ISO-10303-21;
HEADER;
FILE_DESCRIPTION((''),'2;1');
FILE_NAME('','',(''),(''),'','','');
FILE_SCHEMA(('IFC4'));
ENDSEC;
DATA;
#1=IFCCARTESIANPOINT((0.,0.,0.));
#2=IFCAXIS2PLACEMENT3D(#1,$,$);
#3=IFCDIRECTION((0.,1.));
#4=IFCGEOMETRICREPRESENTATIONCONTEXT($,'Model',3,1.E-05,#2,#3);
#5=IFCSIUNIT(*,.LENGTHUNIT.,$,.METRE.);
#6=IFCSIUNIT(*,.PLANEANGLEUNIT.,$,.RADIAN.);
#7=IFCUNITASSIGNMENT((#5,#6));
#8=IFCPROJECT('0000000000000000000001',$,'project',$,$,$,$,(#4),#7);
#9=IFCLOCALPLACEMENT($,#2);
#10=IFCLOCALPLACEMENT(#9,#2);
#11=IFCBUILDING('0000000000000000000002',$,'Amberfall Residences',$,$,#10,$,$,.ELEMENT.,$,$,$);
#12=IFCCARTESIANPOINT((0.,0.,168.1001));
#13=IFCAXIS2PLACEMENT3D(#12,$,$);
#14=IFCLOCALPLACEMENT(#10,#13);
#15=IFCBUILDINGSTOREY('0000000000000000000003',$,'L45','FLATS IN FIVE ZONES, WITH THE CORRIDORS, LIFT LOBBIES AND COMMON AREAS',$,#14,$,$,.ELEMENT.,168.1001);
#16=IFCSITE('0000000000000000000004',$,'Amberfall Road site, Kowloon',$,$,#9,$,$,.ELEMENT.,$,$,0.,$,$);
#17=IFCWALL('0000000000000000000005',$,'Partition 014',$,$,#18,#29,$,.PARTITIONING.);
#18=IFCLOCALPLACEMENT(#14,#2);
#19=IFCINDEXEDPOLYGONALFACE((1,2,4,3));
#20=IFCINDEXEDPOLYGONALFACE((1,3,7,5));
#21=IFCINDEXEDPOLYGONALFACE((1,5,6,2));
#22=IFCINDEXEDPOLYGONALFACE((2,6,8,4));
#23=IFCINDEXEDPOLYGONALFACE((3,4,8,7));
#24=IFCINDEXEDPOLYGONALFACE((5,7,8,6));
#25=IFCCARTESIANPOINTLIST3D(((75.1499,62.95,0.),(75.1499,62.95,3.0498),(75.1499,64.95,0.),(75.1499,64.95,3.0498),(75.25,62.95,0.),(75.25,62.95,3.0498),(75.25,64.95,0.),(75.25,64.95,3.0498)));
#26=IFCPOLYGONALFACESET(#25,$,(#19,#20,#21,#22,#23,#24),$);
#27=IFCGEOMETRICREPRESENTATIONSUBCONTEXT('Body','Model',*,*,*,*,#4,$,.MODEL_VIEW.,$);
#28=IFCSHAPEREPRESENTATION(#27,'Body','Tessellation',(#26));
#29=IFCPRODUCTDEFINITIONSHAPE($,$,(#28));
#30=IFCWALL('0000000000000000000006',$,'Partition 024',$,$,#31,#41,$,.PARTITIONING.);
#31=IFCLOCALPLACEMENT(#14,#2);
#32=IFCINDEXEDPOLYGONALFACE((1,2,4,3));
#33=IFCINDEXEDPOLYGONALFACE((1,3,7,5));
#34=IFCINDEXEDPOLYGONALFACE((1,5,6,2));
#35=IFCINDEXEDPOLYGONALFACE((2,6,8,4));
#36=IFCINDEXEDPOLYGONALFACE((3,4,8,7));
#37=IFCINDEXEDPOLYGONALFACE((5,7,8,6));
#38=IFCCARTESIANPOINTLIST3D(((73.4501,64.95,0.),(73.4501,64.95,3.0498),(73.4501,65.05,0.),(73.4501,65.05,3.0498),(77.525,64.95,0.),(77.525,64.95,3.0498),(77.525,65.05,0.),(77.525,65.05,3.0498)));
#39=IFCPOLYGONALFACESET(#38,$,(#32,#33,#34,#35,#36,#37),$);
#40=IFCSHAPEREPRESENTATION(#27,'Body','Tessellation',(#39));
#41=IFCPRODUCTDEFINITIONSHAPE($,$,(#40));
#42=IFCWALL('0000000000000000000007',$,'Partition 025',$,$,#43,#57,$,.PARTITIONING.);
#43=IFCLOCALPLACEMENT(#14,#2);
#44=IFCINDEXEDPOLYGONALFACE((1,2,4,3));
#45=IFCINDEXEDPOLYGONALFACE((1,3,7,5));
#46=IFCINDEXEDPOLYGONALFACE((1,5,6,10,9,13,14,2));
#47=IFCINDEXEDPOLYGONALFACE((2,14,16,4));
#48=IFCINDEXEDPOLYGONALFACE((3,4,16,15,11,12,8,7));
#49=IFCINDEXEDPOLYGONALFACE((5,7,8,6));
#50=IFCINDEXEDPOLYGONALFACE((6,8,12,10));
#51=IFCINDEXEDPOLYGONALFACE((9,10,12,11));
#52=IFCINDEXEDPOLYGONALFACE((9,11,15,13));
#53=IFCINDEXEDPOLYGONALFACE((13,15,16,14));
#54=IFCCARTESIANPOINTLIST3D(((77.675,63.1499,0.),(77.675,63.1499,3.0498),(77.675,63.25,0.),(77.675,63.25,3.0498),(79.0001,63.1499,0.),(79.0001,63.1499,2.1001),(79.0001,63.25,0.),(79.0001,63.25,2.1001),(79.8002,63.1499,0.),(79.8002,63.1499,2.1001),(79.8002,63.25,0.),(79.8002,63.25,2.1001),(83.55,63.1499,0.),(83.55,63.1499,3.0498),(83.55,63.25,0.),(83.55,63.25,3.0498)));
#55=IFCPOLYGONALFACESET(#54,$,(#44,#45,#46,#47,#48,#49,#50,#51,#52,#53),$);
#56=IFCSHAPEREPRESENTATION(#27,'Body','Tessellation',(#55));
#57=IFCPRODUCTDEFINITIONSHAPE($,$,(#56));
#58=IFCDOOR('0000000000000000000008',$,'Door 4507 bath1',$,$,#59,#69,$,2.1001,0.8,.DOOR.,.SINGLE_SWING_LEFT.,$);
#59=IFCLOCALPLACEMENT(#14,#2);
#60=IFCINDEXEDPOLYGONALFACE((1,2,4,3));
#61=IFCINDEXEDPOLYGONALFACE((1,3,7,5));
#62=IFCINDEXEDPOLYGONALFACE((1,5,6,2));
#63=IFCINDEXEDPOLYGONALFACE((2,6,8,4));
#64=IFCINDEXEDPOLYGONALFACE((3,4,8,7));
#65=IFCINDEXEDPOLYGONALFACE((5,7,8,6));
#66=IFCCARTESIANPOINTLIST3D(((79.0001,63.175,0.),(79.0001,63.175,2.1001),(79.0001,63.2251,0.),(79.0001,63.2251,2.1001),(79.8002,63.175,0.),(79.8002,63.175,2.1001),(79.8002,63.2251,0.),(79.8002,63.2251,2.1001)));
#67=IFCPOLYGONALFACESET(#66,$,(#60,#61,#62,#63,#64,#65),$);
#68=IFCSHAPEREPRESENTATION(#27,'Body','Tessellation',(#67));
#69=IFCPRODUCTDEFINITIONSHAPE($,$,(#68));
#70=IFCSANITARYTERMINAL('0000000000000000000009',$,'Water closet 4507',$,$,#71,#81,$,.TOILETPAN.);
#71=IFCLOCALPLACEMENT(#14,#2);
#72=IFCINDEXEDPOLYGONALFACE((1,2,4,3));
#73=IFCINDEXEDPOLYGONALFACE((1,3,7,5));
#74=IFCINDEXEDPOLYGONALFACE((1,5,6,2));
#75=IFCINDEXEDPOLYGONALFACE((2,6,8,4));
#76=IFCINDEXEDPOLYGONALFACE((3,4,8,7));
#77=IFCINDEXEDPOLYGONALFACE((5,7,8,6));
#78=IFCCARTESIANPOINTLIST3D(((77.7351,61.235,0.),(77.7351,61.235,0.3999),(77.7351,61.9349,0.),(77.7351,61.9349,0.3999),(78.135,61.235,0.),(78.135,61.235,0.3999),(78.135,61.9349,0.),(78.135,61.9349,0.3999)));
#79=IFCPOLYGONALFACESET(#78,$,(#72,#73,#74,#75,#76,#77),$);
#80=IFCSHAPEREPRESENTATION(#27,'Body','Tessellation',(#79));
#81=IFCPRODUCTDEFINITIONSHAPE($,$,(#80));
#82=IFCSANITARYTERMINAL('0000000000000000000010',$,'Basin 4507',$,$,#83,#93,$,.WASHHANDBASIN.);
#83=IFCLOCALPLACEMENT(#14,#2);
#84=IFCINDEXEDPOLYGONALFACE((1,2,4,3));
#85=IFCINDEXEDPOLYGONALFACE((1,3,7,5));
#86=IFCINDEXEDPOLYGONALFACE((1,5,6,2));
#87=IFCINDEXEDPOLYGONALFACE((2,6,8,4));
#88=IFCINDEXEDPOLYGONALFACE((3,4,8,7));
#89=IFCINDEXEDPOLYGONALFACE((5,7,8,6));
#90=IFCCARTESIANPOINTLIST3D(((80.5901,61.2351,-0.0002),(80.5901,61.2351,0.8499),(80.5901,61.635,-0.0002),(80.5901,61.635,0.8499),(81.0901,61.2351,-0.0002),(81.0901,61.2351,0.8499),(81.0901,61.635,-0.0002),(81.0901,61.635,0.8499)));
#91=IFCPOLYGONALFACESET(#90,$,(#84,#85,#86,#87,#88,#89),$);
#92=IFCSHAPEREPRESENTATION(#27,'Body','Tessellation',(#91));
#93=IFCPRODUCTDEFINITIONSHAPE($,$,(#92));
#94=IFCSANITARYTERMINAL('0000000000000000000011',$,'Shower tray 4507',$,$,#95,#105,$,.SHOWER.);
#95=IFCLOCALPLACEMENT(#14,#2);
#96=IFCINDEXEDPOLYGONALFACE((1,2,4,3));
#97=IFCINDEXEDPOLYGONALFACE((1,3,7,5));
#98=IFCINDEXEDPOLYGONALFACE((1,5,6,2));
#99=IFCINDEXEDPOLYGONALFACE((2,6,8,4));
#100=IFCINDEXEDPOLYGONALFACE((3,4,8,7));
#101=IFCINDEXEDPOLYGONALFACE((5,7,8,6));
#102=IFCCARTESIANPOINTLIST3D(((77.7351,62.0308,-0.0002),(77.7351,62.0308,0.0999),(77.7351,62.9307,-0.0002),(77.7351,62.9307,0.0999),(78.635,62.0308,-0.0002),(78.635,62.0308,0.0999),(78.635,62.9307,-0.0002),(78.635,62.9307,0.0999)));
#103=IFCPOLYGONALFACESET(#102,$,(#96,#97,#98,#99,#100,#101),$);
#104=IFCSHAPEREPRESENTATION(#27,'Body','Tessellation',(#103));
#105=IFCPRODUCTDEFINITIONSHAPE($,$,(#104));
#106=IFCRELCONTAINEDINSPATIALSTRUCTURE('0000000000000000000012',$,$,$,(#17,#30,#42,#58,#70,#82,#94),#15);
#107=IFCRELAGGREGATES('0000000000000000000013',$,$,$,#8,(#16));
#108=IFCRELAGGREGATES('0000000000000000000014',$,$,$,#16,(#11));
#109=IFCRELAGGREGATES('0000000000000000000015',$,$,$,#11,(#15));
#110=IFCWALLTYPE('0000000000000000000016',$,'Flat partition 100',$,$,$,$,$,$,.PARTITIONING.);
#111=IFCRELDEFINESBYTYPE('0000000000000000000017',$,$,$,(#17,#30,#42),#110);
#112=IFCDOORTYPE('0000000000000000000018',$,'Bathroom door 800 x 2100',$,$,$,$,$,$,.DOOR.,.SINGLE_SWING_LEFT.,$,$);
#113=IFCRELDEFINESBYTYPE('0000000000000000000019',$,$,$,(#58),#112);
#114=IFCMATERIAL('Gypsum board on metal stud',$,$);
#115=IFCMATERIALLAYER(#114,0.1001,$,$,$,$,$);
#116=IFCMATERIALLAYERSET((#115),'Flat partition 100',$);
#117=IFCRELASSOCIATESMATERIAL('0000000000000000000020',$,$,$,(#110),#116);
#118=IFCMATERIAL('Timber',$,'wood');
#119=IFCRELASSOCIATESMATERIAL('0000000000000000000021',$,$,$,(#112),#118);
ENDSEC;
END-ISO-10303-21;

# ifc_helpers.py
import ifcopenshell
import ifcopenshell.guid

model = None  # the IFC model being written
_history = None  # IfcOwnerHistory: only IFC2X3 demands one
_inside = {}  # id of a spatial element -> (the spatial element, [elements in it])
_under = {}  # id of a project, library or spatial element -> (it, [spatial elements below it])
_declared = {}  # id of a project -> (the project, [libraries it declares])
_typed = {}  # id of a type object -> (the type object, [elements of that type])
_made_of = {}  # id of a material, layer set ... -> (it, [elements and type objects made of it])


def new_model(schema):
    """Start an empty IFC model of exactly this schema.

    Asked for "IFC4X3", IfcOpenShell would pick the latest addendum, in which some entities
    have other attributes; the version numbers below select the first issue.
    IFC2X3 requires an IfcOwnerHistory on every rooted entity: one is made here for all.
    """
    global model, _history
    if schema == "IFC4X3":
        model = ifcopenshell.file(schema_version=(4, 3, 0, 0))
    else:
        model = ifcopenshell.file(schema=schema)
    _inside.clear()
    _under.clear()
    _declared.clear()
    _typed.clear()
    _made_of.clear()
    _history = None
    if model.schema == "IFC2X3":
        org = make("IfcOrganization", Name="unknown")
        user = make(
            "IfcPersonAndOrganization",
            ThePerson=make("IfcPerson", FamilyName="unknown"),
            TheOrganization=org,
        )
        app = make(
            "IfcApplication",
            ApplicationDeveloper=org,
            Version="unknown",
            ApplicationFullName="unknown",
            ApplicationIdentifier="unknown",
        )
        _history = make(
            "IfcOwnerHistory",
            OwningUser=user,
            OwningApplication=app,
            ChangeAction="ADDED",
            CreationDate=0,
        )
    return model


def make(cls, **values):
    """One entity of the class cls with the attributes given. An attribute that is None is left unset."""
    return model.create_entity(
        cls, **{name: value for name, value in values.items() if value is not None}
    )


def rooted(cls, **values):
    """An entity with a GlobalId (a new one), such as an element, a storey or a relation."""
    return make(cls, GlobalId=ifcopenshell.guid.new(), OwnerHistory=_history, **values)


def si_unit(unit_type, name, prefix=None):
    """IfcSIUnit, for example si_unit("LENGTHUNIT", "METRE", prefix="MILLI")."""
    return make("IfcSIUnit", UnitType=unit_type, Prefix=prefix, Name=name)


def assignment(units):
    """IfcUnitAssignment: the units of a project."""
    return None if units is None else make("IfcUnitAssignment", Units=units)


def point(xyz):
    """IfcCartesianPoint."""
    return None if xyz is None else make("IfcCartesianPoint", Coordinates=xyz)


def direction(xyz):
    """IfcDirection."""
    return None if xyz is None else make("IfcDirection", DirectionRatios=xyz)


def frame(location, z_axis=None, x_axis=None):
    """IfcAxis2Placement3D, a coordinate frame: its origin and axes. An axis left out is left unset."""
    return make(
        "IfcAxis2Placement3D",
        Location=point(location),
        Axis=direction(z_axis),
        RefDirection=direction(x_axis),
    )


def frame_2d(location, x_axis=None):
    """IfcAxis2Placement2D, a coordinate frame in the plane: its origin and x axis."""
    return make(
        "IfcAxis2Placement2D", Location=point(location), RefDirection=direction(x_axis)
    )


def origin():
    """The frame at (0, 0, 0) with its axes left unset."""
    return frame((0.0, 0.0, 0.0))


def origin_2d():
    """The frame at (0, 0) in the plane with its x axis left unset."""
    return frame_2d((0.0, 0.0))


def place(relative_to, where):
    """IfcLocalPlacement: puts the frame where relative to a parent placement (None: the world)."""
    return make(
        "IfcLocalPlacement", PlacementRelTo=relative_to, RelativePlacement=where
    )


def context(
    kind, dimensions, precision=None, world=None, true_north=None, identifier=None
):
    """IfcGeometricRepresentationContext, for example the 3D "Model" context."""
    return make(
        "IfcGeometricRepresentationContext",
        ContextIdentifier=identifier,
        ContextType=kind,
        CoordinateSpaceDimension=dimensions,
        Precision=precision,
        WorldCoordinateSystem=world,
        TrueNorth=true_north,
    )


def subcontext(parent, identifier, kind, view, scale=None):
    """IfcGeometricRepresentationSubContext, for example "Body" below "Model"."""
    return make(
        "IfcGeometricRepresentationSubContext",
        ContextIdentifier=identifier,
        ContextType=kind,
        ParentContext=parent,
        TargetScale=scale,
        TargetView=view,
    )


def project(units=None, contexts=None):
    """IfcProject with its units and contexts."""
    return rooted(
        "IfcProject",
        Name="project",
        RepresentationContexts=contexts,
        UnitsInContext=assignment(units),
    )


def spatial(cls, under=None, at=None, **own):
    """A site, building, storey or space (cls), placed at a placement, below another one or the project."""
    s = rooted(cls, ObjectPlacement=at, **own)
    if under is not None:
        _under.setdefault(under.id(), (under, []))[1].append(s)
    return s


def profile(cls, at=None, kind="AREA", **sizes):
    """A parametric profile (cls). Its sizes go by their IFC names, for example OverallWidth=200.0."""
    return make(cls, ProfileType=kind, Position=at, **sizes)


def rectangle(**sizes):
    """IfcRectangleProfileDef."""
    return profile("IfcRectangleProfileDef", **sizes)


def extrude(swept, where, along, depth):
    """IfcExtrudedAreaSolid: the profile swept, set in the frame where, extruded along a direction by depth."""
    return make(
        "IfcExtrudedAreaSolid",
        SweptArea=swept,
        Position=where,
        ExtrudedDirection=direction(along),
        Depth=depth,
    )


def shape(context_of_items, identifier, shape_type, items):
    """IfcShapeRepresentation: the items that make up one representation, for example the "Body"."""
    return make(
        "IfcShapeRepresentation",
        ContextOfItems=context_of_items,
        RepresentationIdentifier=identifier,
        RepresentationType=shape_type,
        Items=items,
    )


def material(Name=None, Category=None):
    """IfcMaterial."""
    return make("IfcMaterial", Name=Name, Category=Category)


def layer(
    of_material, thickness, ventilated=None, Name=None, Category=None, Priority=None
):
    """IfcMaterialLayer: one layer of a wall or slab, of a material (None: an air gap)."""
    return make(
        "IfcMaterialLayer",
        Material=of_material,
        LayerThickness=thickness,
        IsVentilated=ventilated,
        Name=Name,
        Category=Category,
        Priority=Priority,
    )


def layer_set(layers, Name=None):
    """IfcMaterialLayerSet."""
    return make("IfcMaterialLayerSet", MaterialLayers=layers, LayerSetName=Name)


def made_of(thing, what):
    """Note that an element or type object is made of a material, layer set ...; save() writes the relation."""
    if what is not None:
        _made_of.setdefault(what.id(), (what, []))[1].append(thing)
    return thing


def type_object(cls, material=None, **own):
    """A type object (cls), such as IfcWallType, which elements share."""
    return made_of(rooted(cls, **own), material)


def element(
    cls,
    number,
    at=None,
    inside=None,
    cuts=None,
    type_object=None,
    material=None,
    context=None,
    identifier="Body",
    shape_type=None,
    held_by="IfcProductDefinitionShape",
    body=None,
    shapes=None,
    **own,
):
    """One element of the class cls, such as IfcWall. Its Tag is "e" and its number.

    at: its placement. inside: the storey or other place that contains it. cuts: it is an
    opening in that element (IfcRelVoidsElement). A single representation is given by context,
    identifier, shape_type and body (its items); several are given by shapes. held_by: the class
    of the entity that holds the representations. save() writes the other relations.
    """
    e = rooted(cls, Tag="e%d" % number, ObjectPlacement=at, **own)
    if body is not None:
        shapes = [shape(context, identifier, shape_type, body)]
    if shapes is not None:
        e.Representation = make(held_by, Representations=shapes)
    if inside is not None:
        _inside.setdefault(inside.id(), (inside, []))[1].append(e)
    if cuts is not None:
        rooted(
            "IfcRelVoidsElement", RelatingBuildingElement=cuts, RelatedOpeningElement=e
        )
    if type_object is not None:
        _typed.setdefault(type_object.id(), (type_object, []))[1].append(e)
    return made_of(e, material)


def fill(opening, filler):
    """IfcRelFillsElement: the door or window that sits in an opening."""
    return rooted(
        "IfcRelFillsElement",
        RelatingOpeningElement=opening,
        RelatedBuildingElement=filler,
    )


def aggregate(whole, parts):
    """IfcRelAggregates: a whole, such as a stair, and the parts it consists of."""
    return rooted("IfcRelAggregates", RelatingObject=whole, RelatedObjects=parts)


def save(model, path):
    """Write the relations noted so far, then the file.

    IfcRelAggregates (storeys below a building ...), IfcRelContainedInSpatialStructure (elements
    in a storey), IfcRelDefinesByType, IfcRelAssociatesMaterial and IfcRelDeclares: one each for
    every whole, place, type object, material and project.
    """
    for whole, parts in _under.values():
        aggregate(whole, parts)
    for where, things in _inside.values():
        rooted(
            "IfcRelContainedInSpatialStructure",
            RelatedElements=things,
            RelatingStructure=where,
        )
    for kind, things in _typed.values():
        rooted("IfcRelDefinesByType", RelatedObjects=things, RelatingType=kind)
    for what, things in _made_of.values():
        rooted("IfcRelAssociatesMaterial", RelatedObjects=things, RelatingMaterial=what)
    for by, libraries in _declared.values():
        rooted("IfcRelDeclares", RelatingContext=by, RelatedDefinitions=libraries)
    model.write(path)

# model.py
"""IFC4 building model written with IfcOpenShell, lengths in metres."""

from ifc_helpers import new_model, si_unit, direction, frame, frame_2d, origin, origin_2d, place, context, subcontext, project, spatial, rectangle, extrude, material, layer, layer_set, type_object, element, fill, save


model = new_model("IFC4")

# Units and contexts
model_context = context("Model", 3, precision=1e-05, world=origin(), true_north=direction((0.0, 1.0)))
body_context = subcontext(model_context, "Body", "Model", "MODEL_VIEW")
ifc_project = project(units=[si_unit("LENGTHUNIT", "METRE"), si_unit("PLANEANGLEUNIT", "RADIAN")], contexts=[model_context])

# Site, building, storey
site_placement = place(None, origin())
site = spatial("IfcSite", under=ifc_project, at=site_placement, Name="Amberfall Road site, Kowloon", CompositionType="ELEMENT", RefElevation=0.0)
building_placement = place(site_placement, origin())
building = spatial("IfcBuilding", under=site, at=building_placement, Name="Amberfall Residences", CompositionType="ELEMENT")
storey_placement = place(building_placement, frame((0.0, 0.0, 168.1001)))
storey = spatial("IfcBuildingStorey", under=building, at=storey_placement, Name="L45", Description="FLATS IN FIVE ZONES, WITH THE CORRIDORS, LIFT LOBBIES AND COMMON AREAS", CompositionType="ELEMENT", Elevation=168.1001)

# Walls
ifc_material_1 = material(Name="Gypsum board on metal stud")
ifc_layer_1 = layer(ifc_material_1, 0.1001)
ifc_layer_set_1 = layer_set([ifc_layer_1], Name="Flat partition 100")
wall_type = type_object("IfcWallType", Name="Flat partition 100", PredefinedType="PARTITIONING", material=ifc_layer_set_1)
wall_1_placement = place(storey_placement, frame((75.2, 62.95, 0.0), z_axis=(0.0, 0.0, 1.0), x_axis=(0.0, 1.0, 0.0)))
element("IfcWall", 1, at=wall_1_placement, inside=storey, type_object=wall_type, Name="Partition 014", PredefinedType="PARTITIONING", context=body_context, shape_type="SweptSolid", body=[
    extrude(rectangle(XDim=2.0, YDim=0.1001, at=frame_2d((1.0, 0.0))), origin(), (0.0, 0.0, 1.0), 3.0498),
])
wall_2_placement = place(storey_placement, frame((73.45, 65.0, 0.0), z_axis=(0.0, 0.0, 1.0), x_axis=(1.0, 0.0, 0.0)))
element("IfcWall", 2, at=wall_2_placement, inside=storey, type_object=wall_type, Name="Partition 024", PredefinedType="PARTITIONING", context=body_context, shape_type="SweptSolid", body=[
    extrude(rectangle(XDim=4.075, YDim=0.1001, at=frame_2d((2.0376, 0.0))), origin(), (0.0, 0.0, 1.0), 3.0498),
])

# Wall, opening, door
wall_3_placement = place(storey_placement, frame((83.55, 63.2, 0.0), z_axis=(0.0, 0.0, 1.0), x_axis=(-1.0, 0.0, 0.0)))
wall_3 = element("IfcWall", 3, at=wall_3_placement, inside=storey, type_object=wall_type, Name="Partition 025", PredefinedType="PARTITIONING", context=body_context, shape_type="SweptSolid", body=[
    extrude(rectangle(XDim=5.875, YDim=0.1001, at=frame_2d((2.9375, 0.0))), origin(), (0.0, 0.0, 1.0), 3.0498),
])
opening_placement = place(wall_3_placement, frame((3.75, 0.0, 0.0)))
opening = element("IfcOpeningElement", 4, at=opening_placement, cuts=wall_3, PredefinedType="OPENING", context=body_context, shape_type="SweptSolid", body=[
    extrude(rectangle(XDim=0.8, YDim=2.1001, at=frame_2d((0.3999, 1.05))), frame((0.0, 0.0601, 0.0), z_axis=(0.0, -1.0, 0.0), x_axis=(1.0, 0.0, 0.0)), (0.0, 0.0, 1.0), 0.1201),
])
ifc_material_2 = material(Name="Timber", Category="wood")
door_type = type_object("IfcDoorType", Name="Bathroom door 800 x 2100", OperationType="SINGLE_SWING_LEFT", PredefinedType="DOOR", material=ifc_material_2)
door_placement = place(opening_placement, origin())
door = element("IfcDoor", 5, at=door_placement, inside=storey, type_object=door_type, Name="Door 4507 bath1", OperationType="SINGLE_SWING_LEFT", OverallHeight=2.1001, OverallWidth=0.8, PredefinedType="DOOR", context=body_context, shape_type="SweptSolid", body=[
    extrude(rectangle(XDim=0.8, YDim=2.1001, at=frame_2d((0.3999, 1.05))), frame((0.0, 0.0249, 0.0), z_axis=(0.0, -1.0, 0.0), x_axis=(1.0, 0.0, 0.0)), (0.0, 0.0, 1.0), 0.05),
])
fill(opening, door)

# Sanitary terminals
sanitary_terminal_1_placement = place(storey_placement, frame((77.9351, 61.585, 0.0), z_axis=(0.0, 0.0, 1.0), x_axis=(1.0, 0.0, 0.0)))
element("IfcSanitaryTerminal", 6, at=sanitary_terminal_1_placement, inside=storey, Name="Water closet 4507", PredefinedType="TOILETPAN", context=body_context, shape_type="SweptSolid", body=[
    extrude(rectangle(XDim=0.3999, YDim=0.7, at=origin_2d()), origin(), (0.0, 0.0, 1.0), 0.3999),
])
sanitary_terminal_2_placement = place(storey_placement, frame((80.8401, 61.4351, -0.0002), z_axis=(0.0, 0.0, 1.0), x_axis=(1.0, 0.0, 0.0)))
element("IfcSanitaryTerminal", 7, at=sanitary_terminal_2_placement, inside=storey, Name="Basin 4507", PredefinedType="WASHHANDBASIN", context=body_context, shape_type="SweptSolid", body=[
    extrude(rectangle(XDim=0.5, YDim=0.3999, at=origin_2d()), origin(), (0.0, 0.0, 1.0), 0.8501),
])
sanitary_terminal_3_placement = place(storey_placement, frame((78.1851, 62.4807, -0.0002), z_axis=(0.0, 0.0, 1.0), x_axis=(1.0, 0.0, 0.0)))
element("IfcSanitaryTerminal", 8, at=sanitary_terminal_3_placement, inside=storey, Name="Shower tray 4507", PredefinedType="SHOWER", context=body_context, shape_type="SweptSolid", body=[
    extrude(rectangle(XDim=0.8999, YDim=0.8999, at=origin_2d()), origin(), (0.0, 0.0, 1.0), 0.1001),
])

save(model, "model.ifc")
